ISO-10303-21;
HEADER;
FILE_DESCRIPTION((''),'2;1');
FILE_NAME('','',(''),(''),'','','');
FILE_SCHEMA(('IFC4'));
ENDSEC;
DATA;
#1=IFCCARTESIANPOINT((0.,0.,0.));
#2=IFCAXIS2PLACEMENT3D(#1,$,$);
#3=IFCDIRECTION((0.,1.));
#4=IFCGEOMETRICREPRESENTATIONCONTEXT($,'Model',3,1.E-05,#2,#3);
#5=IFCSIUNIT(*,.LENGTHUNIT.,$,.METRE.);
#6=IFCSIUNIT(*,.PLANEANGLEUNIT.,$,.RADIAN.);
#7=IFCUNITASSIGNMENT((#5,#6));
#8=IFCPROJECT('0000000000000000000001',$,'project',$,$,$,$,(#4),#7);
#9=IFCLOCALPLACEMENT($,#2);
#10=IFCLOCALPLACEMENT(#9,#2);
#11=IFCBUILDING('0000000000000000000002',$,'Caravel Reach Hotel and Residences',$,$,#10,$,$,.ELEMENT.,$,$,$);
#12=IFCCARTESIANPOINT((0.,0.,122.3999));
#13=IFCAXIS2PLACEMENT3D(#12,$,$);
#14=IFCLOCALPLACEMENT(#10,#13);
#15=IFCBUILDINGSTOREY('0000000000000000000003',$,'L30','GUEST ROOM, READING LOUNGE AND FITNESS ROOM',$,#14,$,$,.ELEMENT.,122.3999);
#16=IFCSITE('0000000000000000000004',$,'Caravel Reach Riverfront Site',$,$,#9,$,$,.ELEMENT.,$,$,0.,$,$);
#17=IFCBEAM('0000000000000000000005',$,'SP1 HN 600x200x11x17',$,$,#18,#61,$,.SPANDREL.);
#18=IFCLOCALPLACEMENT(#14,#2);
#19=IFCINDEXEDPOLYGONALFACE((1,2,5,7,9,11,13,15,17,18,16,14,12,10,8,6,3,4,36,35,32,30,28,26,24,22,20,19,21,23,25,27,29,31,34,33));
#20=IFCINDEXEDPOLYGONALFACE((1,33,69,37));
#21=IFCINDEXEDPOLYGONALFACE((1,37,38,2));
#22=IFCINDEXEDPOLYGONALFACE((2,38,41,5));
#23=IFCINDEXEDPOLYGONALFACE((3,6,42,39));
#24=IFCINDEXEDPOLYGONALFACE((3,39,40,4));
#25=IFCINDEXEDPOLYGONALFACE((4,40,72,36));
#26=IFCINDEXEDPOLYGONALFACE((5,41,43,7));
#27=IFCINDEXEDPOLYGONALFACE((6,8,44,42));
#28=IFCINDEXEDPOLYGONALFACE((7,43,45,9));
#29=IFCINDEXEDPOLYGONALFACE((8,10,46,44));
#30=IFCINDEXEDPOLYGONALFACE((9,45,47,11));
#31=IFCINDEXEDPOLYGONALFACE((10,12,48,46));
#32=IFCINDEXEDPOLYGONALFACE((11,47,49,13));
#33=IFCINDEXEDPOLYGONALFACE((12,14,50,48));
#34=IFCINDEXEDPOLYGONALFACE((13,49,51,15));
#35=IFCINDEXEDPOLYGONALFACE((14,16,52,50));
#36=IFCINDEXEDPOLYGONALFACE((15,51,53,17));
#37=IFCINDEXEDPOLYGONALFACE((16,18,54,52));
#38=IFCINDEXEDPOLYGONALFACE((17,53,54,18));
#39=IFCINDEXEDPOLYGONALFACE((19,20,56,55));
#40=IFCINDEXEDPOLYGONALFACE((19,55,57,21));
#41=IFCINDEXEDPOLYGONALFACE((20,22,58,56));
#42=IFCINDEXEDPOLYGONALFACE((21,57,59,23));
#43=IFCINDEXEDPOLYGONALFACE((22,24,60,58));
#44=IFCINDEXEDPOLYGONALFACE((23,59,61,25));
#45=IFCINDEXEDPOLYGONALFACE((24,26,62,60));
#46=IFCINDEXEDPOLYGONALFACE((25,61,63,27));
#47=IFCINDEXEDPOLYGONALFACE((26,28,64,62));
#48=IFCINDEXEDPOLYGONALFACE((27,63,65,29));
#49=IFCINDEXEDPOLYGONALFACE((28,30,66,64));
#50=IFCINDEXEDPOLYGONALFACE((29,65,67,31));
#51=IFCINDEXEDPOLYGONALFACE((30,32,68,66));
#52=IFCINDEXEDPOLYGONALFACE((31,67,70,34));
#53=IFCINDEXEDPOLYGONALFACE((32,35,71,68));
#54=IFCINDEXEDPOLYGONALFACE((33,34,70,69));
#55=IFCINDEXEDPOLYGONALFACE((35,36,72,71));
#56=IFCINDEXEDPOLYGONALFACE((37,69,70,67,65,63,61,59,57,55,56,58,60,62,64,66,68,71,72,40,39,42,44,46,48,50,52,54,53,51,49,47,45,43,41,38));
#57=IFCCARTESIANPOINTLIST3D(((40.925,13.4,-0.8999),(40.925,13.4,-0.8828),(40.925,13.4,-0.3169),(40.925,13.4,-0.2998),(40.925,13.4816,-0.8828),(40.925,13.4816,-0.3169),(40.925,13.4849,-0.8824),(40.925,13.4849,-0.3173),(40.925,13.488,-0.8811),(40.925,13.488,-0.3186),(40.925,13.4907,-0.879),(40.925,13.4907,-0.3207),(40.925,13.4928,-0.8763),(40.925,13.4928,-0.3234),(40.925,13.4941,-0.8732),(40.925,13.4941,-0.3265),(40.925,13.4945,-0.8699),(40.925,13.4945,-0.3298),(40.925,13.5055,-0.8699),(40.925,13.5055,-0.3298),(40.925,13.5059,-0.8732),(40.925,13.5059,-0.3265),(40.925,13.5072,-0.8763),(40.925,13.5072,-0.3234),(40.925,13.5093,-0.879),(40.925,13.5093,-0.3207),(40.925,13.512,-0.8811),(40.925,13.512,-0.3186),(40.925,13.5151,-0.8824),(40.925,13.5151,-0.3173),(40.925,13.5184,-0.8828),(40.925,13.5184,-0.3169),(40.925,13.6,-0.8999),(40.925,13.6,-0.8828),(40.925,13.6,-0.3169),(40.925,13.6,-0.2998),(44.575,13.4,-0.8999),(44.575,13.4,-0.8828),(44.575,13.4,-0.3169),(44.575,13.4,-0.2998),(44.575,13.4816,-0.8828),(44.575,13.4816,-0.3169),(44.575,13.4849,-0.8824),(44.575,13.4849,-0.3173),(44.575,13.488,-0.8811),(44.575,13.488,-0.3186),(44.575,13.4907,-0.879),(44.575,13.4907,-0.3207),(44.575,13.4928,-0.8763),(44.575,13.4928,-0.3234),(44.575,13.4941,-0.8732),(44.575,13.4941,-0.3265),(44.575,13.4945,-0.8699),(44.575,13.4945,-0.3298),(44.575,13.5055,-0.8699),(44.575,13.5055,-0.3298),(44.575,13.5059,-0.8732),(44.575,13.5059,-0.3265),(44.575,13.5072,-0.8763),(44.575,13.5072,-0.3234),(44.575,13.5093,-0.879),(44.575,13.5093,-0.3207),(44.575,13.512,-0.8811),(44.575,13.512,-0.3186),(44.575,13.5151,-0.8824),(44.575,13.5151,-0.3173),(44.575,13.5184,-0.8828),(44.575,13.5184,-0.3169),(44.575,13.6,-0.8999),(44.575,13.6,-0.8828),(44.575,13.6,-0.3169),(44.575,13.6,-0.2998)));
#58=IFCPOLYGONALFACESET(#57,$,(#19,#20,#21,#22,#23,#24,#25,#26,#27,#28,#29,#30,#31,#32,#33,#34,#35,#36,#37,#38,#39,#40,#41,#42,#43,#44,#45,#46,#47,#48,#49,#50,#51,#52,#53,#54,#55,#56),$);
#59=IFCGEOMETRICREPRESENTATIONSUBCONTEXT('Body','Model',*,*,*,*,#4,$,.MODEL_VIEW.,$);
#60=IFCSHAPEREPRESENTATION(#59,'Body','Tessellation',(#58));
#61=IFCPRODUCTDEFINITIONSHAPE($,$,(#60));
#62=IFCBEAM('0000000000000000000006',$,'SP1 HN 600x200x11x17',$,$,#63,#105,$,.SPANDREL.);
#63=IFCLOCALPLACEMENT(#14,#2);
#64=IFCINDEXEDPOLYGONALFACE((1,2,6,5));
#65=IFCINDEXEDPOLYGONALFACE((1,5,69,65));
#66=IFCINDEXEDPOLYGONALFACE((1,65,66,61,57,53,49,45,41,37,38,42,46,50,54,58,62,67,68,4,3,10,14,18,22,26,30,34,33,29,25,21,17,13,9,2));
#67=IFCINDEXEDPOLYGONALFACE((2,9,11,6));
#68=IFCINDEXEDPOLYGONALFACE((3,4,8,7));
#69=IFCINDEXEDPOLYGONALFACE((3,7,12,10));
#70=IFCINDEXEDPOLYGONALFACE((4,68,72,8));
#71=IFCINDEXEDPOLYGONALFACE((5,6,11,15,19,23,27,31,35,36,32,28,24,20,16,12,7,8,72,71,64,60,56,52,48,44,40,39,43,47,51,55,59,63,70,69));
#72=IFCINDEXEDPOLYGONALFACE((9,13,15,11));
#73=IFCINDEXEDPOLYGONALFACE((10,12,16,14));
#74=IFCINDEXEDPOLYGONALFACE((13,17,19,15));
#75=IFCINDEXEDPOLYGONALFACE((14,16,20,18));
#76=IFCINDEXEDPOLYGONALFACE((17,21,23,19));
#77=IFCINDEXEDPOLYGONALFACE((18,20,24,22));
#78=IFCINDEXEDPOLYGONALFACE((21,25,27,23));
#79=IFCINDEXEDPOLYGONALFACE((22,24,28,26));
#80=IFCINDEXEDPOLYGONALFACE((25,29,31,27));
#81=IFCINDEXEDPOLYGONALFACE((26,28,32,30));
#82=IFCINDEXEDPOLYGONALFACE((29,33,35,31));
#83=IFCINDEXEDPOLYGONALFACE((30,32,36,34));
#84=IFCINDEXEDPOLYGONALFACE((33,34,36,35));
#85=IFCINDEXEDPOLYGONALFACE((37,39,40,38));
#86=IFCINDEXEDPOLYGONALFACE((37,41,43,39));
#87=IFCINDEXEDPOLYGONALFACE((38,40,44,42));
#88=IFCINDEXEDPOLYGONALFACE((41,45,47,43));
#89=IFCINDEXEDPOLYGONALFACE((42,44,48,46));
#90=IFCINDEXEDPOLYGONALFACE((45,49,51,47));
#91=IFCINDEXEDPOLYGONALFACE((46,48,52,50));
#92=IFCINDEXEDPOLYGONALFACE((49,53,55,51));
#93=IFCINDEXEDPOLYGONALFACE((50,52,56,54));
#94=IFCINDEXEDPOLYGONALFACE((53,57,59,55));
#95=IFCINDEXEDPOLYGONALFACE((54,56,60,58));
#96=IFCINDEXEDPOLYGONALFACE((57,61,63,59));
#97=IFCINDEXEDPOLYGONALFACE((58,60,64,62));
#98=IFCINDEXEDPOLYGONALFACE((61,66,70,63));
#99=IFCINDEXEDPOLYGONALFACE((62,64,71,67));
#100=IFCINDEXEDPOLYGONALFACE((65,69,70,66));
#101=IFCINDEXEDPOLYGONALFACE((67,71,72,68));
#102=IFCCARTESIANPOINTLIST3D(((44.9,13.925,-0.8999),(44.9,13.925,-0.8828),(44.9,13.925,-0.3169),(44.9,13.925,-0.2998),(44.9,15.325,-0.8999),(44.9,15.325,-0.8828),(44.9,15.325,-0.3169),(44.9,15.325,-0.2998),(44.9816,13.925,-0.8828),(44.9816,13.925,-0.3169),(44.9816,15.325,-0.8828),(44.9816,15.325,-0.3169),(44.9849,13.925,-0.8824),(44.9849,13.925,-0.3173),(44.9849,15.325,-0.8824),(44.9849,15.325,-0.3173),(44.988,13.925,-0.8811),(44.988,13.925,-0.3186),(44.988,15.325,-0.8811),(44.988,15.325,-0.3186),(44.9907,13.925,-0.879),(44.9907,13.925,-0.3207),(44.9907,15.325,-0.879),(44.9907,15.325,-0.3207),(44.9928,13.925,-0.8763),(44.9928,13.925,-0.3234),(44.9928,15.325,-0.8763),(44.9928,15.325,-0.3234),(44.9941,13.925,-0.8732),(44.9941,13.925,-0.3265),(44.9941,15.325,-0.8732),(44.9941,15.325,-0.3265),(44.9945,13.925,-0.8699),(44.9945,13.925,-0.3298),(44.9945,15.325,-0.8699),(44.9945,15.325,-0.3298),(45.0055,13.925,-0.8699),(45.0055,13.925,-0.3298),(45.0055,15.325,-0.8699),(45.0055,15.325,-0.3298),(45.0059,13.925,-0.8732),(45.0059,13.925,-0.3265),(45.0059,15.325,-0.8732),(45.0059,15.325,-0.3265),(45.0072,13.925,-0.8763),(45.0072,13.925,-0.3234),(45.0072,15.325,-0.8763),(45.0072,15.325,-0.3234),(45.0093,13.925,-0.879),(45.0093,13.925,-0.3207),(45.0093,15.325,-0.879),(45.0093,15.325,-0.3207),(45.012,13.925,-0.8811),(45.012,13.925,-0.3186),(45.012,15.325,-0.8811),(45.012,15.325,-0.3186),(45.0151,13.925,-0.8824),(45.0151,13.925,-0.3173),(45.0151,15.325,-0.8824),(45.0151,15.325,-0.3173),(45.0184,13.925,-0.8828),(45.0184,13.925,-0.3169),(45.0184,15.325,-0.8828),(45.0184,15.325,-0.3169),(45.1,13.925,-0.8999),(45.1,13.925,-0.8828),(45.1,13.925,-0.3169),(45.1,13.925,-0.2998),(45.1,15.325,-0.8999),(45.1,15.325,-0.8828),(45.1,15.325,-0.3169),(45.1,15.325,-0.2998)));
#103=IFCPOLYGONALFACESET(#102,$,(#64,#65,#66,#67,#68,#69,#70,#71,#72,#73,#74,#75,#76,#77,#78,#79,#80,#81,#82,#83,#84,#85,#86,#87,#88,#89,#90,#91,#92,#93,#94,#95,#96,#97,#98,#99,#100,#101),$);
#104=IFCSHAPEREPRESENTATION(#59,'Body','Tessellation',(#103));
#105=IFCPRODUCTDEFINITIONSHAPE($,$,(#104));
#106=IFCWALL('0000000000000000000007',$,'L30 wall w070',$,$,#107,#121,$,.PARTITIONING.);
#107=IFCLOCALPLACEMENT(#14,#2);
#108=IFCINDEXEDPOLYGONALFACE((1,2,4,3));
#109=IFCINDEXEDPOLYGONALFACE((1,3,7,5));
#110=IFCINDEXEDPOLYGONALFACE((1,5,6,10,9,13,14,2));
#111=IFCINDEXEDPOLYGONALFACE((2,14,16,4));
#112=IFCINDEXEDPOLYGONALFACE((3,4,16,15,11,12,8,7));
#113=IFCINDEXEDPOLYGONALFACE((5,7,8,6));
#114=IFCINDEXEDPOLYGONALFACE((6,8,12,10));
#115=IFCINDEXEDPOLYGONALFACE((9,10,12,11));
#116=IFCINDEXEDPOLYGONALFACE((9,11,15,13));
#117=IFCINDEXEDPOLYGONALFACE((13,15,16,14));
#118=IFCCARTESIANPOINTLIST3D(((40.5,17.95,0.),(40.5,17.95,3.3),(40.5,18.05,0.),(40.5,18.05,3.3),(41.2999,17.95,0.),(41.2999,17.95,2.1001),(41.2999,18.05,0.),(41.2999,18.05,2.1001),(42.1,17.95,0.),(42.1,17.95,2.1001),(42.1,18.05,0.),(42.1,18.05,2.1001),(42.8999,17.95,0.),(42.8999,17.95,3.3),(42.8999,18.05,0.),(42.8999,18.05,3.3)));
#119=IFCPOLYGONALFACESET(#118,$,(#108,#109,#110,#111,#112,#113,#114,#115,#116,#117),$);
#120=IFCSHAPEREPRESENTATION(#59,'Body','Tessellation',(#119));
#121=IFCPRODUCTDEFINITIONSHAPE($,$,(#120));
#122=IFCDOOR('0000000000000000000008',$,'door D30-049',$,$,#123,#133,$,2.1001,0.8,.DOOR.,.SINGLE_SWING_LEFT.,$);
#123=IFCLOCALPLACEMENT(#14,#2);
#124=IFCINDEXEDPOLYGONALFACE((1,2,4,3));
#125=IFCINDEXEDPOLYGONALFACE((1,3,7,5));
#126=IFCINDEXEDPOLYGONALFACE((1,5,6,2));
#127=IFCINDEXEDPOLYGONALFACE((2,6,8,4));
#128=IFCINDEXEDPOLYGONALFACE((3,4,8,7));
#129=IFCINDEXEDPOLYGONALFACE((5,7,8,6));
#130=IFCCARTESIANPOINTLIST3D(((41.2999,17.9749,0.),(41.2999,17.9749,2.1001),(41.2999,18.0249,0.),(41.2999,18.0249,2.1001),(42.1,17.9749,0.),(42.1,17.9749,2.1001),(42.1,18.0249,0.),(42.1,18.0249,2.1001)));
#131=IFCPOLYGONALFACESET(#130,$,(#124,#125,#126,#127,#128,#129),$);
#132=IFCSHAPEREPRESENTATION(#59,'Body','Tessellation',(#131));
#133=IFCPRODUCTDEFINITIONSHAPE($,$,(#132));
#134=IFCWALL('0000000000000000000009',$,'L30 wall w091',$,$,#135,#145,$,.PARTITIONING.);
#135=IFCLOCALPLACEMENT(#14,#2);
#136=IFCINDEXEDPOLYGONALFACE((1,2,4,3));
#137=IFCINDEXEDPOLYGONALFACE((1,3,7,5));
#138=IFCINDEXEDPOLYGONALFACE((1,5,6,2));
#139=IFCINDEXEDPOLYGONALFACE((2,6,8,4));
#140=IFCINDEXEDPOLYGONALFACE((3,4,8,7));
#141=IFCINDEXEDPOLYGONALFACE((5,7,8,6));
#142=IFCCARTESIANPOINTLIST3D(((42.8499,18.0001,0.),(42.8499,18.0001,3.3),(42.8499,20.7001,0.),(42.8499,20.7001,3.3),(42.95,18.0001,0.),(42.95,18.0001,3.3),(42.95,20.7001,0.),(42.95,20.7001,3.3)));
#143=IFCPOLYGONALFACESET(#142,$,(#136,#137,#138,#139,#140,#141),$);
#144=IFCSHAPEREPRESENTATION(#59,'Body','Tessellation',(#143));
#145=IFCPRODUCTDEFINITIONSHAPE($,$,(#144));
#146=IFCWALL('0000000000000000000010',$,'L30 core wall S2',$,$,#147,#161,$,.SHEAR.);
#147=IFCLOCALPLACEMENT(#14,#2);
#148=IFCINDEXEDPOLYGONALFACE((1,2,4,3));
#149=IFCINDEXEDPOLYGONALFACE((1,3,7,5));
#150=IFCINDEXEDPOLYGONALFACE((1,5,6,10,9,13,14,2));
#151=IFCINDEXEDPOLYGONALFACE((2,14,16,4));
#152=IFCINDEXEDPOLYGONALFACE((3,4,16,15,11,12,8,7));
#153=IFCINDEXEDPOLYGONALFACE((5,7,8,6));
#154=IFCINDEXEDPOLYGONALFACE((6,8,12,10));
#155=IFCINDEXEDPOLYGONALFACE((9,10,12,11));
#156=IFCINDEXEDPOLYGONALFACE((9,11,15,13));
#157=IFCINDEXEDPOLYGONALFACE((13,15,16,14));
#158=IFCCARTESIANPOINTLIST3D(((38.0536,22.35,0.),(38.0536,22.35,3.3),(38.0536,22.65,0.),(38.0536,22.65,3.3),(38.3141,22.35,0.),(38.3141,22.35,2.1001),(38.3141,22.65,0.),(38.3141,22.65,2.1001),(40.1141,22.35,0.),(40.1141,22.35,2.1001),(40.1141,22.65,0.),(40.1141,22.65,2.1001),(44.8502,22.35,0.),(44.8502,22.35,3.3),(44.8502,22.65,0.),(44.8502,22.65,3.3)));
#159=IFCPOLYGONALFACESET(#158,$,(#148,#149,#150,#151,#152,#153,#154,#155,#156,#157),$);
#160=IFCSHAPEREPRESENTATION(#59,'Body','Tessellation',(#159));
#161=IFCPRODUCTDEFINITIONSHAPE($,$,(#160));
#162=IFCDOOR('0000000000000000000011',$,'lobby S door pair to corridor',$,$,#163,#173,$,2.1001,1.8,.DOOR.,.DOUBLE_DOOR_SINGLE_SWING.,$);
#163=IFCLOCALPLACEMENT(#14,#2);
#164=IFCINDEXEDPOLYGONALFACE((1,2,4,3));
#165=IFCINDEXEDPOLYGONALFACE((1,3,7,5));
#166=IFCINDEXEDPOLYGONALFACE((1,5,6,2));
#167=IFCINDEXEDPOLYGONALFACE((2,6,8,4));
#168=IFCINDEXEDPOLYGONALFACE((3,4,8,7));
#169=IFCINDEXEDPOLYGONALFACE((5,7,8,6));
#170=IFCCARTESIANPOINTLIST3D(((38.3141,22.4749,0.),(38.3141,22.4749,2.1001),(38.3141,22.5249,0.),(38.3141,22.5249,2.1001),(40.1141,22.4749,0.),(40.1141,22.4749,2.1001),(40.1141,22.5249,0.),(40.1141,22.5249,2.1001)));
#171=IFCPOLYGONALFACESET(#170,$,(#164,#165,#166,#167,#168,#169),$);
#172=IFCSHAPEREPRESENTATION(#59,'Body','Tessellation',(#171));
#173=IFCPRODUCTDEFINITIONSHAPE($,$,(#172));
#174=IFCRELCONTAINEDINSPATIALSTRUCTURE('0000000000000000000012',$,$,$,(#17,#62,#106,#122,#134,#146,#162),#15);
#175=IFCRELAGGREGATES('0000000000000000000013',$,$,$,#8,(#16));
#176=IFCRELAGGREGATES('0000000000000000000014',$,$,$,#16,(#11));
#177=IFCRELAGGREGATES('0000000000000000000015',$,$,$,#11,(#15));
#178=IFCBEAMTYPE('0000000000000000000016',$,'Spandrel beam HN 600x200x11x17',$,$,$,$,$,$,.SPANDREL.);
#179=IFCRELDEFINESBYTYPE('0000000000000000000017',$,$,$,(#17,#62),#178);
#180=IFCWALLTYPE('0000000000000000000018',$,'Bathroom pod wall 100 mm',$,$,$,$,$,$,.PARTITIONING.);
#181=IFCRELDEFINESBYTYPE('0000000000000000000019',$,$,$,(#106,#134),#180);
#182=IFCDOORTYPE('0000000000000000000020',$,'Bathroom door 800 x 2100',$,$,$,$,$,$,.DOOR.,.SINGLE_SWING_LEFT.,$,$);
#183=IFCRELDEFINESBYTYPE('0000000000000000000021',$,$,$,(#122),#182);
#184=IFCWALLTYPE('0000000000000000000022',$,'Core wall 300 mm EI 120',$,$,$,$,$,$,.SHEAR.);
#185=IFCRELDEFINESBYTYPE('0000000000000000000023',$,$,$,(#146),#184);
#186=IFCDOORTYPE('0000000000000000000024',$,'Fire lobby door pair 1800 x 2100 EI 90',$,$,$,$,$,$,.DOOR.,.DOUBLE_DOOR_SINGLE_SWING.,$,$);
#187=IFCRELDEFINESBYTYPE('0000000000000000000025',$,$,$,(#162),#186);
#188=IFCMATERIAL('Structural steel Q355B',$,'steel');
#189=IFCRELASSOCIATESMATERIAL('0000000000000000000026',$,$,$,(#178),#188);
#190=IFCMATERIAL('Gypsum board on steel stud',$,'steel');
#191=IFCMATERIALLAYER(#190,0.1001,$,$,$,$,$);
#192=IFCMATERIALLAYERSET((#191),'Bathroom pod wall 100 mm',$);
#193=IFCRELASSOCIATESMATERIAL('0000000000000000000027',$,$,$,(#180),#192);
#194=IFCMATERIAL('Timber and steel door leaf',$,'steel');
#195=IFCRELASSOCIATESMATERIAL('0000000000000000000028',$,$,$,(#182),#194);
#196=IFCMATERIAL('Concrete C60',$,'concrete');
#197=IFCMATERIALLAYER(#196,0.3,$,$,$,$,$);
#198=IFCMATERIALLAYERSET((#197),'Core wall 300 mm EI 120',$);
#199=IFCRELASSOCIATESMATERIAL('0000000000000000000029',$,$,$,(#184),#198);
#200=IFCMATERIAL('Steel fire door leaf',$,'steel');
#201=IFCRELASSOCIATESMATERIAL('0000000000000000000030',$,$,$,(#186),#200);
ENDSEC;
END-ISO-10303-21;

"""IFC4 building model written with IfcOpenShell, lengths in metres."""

from ifc_helpers import new_model, si_unit, direction, frame, frame_2d, origin, origin_2d, place, context, subcontext, project, spatial, rectangle, i_section, extrude, material, layer, layer_set, material_profile, profile_set, type_object, element, fill, save


model = new_model("IFC4")

# Units and contexts
model_context = context("Model", 3, precision=1e-05, world=origin(), true_north=direction((0.0, 1.0)))
body_context = subcontext(model_context, "Body", "Model", "MODEL_VIEW")
ifc_project = project(units=[si_unit("LENGTHUNIT", "METRE"), si_unit("PLANEANGLEUNIT", "RADIAN")], contexts=[model_context])

# Site, building, storey
site_placement = place(None, origin())
site = spatial("IfcSite", under=ifc_project, at=site_placement, Name="Caravel Reach Riverfront Site", CompositionType="ELEMENT", RefElevation=0.0)
building_placement = place(site_placement, origin())
building = spatial("IfcBuilding", under=site, at=building_placement, Name="Caravel Reach Hotel and Residences", CompositionType="ELEMENT")
storey_placement = place(building_placement, frame((0.0, 0.0, 122.3999)))
storey = spatial("IfcBuildingStorey", under=building, at=storey_placement, Name="L30", Description="GUEST ROOM, READING LOUNGE AND FITNESS ROOM", CompositionType="ELEMENT", Elevation=122.3999)

# Beams
ifc_material_1 = material(Name="Structural steel Q355B", Category="steel")
ifc_material_profile_1 = material_profile(ifc_material_1, i_section(OverallWidth=0.2, OverallDepth=0.6001, WebThickness=0.011, FlangeThickness=0.0171, FilletRadius=0.0129, at=origin_2d()), Name="HN 600x200x11x17")
ifc_profile_set_1 = profile_set([ifc_material_profile_1], Name="Structural steel Q355B")
beam_type_1 = type_object("IfcBeamType", Name="Spandrel beam HN 600x200x11x17", PredefinedType="SPANDREL", material=ifc_profile_set_1)
beam_1_placement = place(storey_placement, frame((40.925, 13.5, -0.5999), z_axis=(1.0, 0.0, 0.0), x_axis=(0.0, 1.0, 0.0)))
element("IfcBeam", 1, at=beam_1_placement, inside=storey, type_object=beam_type_1, Name="SP1 HN 600x200x11x17", PredefinedType="SPANDREL", context=body_context, shape_type="SweptSolid", body=[
    extrude(i_section(OverallWidth=0.2, OverallDepth=0.6001, WebThickness=0.011, FlangeThickness=0.0171, FilletRadius=0.0129, at=origin_2d()), origin(), (0.0, 0.0, 1.0), 3.6499),
])
beam_2_placement = place(storey_placement, frame((45.0, 13.925, -0.5999), z_axis=(0.0, 1.0, 0.0), x_axis=(-1.0, 0.0, 0.0)))
element("IfcBeam", 2, at=beam_2_placement, inside=storey, type_object=beam_type_1, Name="SP1 HN 600x200x11x17", PredefinedType="SPANDREL", context=body_context, shape_type="SweptSolid", body=[
    extrude(i_section(OverallWidth=0.2, OverallDepth=0.6001, WebThickness=0.011, FlangeThickness=0.0171, FilletRadius=0.0129, at=origin_2d()), origin(), (0.0, 0.0, 1.0), 1.3999),
])

# Wall, opening, door
ifc_material_2 = material(Name="Gypsum board on steel stud", Category="steel")
ifc_layer_1 = layer(ifc_material_2, 0.1001)
ifc_layer_set_1 = layer_set([ifc_layer_1], Name="Bathroom pod wall 100 mm")
wall_type_1 = type_object("IfcWallType", Name="Bathroom pod wall 100 mm", PredefinedType="PARTITIONING", material=ifc_layer_set_1)
wall_1_placement = place(storey_placement, frame((40.5, 18.0, 0.0), z_axis=(0.0, 0.0, 1.0), x_axis=(1.0, 0.0, 0.0)))
wall_1 = element("IfcWall", 3, at=wall_1_placement, inside=storey, type_object=wall_type_1, Name="L30 wall w070", PredefinedType="PARTITIONING", context=body_context, shape_type="SweptSolid", body=[
    extrude(rectangle(XDim=2.3999, YDim=0.1001, at=frame_2d((1.2, 0.0))), origin(), (0.0, 0.0, 1.0), 3.3),
])
opening_1_placement = place(wall_1_placement, frame((0.8, 0.0, 0.0)))
opening_1 = element("IfcOpeningElement", 4, at=opening_1_placement, cuts=wall_1, PredefinedType="OPENING", context=body_context, shape_type="SweptSolid", body=[
    extrude(rectangle(XDim=0.8, YDim=2.1001, at=frame_2d((0.3999, 1.05))), frame((0.0, 0.0601, 0.0), z_axis=(0.0, -1.0, 0.0), x_axis=(1.0, 0.0, 0.0)), (0.0, 0.0, 1.0), 0.1201),
])
ifc_material_3 = material(Name="Timber and steel door leaf", Category="steel")
door_type_1 = type_object("IfcDoorType", Name="Bathroom door 800 x 2100", OperationType="SINGLE_SWING_LEFT", PredefinedType="DOOR", material=ifc_material_3)
door_1_placement = place(opening_1_placement, origin())
door_1 = element("IfcDoor", 5, at=door_1_placement, inside=storey, type_object=door_type_1, Name="door D30-049", OperationType="SINGLE_SWING_LEFT", OverallHeight=2.1001, OverallWidth=0.8, PredefinedType="DOOR", context=body_context, shape_type="SweptSolid", body=[
    extrude(rectangle(XDim=0.8, YDim=2.1001, at=frame_2d((0.3999, 1.05))), frame((0.0, 0.0249, 0.0), z_axis=(0.0, -1.0, 0.0), x_axis=(1.0, 0.0, 0.0)), (0.0, 0.0, 1.0), 0.05),
])
fill(opening_1, door_1)

# Wall
wall_2_placement = place(storey_placement, frame((42.8999, 18.0, 0.0), z_axis=(0.0, 0.0, 1.0), x_axis=(0.0, 1.0, 0.0)))
element("IfcWall", 6, at=wall_2_placement, inside=storey, type_object=wall_type_1, Name="L30 wall w091", PredefinedType="PARTITIONING", context=body_context, shape_type="SweptSolid", body=[
    extrude(rectangle(XDim=2.7, YDim=0.1001, at=frame_2d((1.3501, 0.0))), origin(), (0.0, 0.0, 1.0), 3.3),
])

# Wall, opening, door
ifc_material_4 = material(Name="Concrete C60", Category="concrete")
ifc_layer_2 = layer(ifc_material_4, 0.3)
ifc_layer_set_2 = layer_set([ifc_layer_2], Name="Core wall 300 mm EI 120")
wall_type_2 = type_object("IfcWallType", Name="Core wall 300 mm EI 120", PredefinedType="SHEAR", material=ifc_layer_set_2)
wall_3_placement = place(storey_placement, frame((38.0535, 22.5, 0.0), z_axis=(0.0, 0.0, 1.0), x_axis=(1.0, 0.0, 0.0)))
wall_3 = element("IfcWall", 7, at=wall_3_placement, inside=storey, type_object=wall_type_2, Name="L30 core wall S2", PredefinedType="SHEAR", context=body_context, shape_type="SweptSolid", body=[
    extrude(rectangle(XDim=6.7966, YDim=0.3, at=frame_2d((3.3984, 0.0))), origin(), (0.0, 0.0, 1.0), 3.3),
])
opening_2_placement = place(wall_3_placement, frame((0.2607, 0.0, 0.0)))
opening_2 = element("IfcOpeningElement", 8, at=opening_2_placement, cuts=wall_3, PredefinedType="OPENING", context=body_context, shape_type="SweptSolid", body=[
    extrude(rectangle(XDim=1.8, YDim=2.1001, at=frame_2d((0.8999, 1.05))), frame((0.0, 0.1599, 0.0), z_axis=(0.0, -1.0, 0.0), x_axis=(1.0, 0.0, 0.0)), (0.0, 0.0, 1.0), 0.3201),
])
ifc_material_5 = material(Name="Steel fire door leaf", Category="steel")
door_type_2 = type_object("IfcDoorType", Name="Fire lobby door pair 1800 x 2100 EI 90", OperationType="DOUBLE_DOOR_SINGLE_SWING", PredefinedType="DOOR", material=ifc_material_5)
door_2_placement = place(opening_2_placement, origin())
door_2 = element("IfcDoor", 9, at=door_2_placement, inside=storey, type_object=door_type_2, Name="lobby S door pair to corridor", OperationType="DOUBLE_DOOR_SINGLE_SWING", OverallHeight=2.1001, OverallWidth=1.8, PredefinedType="DOOR", context=body_context, shape_type="SweptSolid", body=[
    extrude(rectangle(XDim=1.8, YDim=2.1001, at=frame_2d((0.8999, 1.05))), frame((0.0, 0.0249, 0.0), z_axis=(0.0, -1.0, 0.0), x_axis=(1.0, 0.0, 0.0)), (0.0, 0.0, 1.0), 0.05),
])
fill(opening_2, door_2)

save(model, "model.ifc")
